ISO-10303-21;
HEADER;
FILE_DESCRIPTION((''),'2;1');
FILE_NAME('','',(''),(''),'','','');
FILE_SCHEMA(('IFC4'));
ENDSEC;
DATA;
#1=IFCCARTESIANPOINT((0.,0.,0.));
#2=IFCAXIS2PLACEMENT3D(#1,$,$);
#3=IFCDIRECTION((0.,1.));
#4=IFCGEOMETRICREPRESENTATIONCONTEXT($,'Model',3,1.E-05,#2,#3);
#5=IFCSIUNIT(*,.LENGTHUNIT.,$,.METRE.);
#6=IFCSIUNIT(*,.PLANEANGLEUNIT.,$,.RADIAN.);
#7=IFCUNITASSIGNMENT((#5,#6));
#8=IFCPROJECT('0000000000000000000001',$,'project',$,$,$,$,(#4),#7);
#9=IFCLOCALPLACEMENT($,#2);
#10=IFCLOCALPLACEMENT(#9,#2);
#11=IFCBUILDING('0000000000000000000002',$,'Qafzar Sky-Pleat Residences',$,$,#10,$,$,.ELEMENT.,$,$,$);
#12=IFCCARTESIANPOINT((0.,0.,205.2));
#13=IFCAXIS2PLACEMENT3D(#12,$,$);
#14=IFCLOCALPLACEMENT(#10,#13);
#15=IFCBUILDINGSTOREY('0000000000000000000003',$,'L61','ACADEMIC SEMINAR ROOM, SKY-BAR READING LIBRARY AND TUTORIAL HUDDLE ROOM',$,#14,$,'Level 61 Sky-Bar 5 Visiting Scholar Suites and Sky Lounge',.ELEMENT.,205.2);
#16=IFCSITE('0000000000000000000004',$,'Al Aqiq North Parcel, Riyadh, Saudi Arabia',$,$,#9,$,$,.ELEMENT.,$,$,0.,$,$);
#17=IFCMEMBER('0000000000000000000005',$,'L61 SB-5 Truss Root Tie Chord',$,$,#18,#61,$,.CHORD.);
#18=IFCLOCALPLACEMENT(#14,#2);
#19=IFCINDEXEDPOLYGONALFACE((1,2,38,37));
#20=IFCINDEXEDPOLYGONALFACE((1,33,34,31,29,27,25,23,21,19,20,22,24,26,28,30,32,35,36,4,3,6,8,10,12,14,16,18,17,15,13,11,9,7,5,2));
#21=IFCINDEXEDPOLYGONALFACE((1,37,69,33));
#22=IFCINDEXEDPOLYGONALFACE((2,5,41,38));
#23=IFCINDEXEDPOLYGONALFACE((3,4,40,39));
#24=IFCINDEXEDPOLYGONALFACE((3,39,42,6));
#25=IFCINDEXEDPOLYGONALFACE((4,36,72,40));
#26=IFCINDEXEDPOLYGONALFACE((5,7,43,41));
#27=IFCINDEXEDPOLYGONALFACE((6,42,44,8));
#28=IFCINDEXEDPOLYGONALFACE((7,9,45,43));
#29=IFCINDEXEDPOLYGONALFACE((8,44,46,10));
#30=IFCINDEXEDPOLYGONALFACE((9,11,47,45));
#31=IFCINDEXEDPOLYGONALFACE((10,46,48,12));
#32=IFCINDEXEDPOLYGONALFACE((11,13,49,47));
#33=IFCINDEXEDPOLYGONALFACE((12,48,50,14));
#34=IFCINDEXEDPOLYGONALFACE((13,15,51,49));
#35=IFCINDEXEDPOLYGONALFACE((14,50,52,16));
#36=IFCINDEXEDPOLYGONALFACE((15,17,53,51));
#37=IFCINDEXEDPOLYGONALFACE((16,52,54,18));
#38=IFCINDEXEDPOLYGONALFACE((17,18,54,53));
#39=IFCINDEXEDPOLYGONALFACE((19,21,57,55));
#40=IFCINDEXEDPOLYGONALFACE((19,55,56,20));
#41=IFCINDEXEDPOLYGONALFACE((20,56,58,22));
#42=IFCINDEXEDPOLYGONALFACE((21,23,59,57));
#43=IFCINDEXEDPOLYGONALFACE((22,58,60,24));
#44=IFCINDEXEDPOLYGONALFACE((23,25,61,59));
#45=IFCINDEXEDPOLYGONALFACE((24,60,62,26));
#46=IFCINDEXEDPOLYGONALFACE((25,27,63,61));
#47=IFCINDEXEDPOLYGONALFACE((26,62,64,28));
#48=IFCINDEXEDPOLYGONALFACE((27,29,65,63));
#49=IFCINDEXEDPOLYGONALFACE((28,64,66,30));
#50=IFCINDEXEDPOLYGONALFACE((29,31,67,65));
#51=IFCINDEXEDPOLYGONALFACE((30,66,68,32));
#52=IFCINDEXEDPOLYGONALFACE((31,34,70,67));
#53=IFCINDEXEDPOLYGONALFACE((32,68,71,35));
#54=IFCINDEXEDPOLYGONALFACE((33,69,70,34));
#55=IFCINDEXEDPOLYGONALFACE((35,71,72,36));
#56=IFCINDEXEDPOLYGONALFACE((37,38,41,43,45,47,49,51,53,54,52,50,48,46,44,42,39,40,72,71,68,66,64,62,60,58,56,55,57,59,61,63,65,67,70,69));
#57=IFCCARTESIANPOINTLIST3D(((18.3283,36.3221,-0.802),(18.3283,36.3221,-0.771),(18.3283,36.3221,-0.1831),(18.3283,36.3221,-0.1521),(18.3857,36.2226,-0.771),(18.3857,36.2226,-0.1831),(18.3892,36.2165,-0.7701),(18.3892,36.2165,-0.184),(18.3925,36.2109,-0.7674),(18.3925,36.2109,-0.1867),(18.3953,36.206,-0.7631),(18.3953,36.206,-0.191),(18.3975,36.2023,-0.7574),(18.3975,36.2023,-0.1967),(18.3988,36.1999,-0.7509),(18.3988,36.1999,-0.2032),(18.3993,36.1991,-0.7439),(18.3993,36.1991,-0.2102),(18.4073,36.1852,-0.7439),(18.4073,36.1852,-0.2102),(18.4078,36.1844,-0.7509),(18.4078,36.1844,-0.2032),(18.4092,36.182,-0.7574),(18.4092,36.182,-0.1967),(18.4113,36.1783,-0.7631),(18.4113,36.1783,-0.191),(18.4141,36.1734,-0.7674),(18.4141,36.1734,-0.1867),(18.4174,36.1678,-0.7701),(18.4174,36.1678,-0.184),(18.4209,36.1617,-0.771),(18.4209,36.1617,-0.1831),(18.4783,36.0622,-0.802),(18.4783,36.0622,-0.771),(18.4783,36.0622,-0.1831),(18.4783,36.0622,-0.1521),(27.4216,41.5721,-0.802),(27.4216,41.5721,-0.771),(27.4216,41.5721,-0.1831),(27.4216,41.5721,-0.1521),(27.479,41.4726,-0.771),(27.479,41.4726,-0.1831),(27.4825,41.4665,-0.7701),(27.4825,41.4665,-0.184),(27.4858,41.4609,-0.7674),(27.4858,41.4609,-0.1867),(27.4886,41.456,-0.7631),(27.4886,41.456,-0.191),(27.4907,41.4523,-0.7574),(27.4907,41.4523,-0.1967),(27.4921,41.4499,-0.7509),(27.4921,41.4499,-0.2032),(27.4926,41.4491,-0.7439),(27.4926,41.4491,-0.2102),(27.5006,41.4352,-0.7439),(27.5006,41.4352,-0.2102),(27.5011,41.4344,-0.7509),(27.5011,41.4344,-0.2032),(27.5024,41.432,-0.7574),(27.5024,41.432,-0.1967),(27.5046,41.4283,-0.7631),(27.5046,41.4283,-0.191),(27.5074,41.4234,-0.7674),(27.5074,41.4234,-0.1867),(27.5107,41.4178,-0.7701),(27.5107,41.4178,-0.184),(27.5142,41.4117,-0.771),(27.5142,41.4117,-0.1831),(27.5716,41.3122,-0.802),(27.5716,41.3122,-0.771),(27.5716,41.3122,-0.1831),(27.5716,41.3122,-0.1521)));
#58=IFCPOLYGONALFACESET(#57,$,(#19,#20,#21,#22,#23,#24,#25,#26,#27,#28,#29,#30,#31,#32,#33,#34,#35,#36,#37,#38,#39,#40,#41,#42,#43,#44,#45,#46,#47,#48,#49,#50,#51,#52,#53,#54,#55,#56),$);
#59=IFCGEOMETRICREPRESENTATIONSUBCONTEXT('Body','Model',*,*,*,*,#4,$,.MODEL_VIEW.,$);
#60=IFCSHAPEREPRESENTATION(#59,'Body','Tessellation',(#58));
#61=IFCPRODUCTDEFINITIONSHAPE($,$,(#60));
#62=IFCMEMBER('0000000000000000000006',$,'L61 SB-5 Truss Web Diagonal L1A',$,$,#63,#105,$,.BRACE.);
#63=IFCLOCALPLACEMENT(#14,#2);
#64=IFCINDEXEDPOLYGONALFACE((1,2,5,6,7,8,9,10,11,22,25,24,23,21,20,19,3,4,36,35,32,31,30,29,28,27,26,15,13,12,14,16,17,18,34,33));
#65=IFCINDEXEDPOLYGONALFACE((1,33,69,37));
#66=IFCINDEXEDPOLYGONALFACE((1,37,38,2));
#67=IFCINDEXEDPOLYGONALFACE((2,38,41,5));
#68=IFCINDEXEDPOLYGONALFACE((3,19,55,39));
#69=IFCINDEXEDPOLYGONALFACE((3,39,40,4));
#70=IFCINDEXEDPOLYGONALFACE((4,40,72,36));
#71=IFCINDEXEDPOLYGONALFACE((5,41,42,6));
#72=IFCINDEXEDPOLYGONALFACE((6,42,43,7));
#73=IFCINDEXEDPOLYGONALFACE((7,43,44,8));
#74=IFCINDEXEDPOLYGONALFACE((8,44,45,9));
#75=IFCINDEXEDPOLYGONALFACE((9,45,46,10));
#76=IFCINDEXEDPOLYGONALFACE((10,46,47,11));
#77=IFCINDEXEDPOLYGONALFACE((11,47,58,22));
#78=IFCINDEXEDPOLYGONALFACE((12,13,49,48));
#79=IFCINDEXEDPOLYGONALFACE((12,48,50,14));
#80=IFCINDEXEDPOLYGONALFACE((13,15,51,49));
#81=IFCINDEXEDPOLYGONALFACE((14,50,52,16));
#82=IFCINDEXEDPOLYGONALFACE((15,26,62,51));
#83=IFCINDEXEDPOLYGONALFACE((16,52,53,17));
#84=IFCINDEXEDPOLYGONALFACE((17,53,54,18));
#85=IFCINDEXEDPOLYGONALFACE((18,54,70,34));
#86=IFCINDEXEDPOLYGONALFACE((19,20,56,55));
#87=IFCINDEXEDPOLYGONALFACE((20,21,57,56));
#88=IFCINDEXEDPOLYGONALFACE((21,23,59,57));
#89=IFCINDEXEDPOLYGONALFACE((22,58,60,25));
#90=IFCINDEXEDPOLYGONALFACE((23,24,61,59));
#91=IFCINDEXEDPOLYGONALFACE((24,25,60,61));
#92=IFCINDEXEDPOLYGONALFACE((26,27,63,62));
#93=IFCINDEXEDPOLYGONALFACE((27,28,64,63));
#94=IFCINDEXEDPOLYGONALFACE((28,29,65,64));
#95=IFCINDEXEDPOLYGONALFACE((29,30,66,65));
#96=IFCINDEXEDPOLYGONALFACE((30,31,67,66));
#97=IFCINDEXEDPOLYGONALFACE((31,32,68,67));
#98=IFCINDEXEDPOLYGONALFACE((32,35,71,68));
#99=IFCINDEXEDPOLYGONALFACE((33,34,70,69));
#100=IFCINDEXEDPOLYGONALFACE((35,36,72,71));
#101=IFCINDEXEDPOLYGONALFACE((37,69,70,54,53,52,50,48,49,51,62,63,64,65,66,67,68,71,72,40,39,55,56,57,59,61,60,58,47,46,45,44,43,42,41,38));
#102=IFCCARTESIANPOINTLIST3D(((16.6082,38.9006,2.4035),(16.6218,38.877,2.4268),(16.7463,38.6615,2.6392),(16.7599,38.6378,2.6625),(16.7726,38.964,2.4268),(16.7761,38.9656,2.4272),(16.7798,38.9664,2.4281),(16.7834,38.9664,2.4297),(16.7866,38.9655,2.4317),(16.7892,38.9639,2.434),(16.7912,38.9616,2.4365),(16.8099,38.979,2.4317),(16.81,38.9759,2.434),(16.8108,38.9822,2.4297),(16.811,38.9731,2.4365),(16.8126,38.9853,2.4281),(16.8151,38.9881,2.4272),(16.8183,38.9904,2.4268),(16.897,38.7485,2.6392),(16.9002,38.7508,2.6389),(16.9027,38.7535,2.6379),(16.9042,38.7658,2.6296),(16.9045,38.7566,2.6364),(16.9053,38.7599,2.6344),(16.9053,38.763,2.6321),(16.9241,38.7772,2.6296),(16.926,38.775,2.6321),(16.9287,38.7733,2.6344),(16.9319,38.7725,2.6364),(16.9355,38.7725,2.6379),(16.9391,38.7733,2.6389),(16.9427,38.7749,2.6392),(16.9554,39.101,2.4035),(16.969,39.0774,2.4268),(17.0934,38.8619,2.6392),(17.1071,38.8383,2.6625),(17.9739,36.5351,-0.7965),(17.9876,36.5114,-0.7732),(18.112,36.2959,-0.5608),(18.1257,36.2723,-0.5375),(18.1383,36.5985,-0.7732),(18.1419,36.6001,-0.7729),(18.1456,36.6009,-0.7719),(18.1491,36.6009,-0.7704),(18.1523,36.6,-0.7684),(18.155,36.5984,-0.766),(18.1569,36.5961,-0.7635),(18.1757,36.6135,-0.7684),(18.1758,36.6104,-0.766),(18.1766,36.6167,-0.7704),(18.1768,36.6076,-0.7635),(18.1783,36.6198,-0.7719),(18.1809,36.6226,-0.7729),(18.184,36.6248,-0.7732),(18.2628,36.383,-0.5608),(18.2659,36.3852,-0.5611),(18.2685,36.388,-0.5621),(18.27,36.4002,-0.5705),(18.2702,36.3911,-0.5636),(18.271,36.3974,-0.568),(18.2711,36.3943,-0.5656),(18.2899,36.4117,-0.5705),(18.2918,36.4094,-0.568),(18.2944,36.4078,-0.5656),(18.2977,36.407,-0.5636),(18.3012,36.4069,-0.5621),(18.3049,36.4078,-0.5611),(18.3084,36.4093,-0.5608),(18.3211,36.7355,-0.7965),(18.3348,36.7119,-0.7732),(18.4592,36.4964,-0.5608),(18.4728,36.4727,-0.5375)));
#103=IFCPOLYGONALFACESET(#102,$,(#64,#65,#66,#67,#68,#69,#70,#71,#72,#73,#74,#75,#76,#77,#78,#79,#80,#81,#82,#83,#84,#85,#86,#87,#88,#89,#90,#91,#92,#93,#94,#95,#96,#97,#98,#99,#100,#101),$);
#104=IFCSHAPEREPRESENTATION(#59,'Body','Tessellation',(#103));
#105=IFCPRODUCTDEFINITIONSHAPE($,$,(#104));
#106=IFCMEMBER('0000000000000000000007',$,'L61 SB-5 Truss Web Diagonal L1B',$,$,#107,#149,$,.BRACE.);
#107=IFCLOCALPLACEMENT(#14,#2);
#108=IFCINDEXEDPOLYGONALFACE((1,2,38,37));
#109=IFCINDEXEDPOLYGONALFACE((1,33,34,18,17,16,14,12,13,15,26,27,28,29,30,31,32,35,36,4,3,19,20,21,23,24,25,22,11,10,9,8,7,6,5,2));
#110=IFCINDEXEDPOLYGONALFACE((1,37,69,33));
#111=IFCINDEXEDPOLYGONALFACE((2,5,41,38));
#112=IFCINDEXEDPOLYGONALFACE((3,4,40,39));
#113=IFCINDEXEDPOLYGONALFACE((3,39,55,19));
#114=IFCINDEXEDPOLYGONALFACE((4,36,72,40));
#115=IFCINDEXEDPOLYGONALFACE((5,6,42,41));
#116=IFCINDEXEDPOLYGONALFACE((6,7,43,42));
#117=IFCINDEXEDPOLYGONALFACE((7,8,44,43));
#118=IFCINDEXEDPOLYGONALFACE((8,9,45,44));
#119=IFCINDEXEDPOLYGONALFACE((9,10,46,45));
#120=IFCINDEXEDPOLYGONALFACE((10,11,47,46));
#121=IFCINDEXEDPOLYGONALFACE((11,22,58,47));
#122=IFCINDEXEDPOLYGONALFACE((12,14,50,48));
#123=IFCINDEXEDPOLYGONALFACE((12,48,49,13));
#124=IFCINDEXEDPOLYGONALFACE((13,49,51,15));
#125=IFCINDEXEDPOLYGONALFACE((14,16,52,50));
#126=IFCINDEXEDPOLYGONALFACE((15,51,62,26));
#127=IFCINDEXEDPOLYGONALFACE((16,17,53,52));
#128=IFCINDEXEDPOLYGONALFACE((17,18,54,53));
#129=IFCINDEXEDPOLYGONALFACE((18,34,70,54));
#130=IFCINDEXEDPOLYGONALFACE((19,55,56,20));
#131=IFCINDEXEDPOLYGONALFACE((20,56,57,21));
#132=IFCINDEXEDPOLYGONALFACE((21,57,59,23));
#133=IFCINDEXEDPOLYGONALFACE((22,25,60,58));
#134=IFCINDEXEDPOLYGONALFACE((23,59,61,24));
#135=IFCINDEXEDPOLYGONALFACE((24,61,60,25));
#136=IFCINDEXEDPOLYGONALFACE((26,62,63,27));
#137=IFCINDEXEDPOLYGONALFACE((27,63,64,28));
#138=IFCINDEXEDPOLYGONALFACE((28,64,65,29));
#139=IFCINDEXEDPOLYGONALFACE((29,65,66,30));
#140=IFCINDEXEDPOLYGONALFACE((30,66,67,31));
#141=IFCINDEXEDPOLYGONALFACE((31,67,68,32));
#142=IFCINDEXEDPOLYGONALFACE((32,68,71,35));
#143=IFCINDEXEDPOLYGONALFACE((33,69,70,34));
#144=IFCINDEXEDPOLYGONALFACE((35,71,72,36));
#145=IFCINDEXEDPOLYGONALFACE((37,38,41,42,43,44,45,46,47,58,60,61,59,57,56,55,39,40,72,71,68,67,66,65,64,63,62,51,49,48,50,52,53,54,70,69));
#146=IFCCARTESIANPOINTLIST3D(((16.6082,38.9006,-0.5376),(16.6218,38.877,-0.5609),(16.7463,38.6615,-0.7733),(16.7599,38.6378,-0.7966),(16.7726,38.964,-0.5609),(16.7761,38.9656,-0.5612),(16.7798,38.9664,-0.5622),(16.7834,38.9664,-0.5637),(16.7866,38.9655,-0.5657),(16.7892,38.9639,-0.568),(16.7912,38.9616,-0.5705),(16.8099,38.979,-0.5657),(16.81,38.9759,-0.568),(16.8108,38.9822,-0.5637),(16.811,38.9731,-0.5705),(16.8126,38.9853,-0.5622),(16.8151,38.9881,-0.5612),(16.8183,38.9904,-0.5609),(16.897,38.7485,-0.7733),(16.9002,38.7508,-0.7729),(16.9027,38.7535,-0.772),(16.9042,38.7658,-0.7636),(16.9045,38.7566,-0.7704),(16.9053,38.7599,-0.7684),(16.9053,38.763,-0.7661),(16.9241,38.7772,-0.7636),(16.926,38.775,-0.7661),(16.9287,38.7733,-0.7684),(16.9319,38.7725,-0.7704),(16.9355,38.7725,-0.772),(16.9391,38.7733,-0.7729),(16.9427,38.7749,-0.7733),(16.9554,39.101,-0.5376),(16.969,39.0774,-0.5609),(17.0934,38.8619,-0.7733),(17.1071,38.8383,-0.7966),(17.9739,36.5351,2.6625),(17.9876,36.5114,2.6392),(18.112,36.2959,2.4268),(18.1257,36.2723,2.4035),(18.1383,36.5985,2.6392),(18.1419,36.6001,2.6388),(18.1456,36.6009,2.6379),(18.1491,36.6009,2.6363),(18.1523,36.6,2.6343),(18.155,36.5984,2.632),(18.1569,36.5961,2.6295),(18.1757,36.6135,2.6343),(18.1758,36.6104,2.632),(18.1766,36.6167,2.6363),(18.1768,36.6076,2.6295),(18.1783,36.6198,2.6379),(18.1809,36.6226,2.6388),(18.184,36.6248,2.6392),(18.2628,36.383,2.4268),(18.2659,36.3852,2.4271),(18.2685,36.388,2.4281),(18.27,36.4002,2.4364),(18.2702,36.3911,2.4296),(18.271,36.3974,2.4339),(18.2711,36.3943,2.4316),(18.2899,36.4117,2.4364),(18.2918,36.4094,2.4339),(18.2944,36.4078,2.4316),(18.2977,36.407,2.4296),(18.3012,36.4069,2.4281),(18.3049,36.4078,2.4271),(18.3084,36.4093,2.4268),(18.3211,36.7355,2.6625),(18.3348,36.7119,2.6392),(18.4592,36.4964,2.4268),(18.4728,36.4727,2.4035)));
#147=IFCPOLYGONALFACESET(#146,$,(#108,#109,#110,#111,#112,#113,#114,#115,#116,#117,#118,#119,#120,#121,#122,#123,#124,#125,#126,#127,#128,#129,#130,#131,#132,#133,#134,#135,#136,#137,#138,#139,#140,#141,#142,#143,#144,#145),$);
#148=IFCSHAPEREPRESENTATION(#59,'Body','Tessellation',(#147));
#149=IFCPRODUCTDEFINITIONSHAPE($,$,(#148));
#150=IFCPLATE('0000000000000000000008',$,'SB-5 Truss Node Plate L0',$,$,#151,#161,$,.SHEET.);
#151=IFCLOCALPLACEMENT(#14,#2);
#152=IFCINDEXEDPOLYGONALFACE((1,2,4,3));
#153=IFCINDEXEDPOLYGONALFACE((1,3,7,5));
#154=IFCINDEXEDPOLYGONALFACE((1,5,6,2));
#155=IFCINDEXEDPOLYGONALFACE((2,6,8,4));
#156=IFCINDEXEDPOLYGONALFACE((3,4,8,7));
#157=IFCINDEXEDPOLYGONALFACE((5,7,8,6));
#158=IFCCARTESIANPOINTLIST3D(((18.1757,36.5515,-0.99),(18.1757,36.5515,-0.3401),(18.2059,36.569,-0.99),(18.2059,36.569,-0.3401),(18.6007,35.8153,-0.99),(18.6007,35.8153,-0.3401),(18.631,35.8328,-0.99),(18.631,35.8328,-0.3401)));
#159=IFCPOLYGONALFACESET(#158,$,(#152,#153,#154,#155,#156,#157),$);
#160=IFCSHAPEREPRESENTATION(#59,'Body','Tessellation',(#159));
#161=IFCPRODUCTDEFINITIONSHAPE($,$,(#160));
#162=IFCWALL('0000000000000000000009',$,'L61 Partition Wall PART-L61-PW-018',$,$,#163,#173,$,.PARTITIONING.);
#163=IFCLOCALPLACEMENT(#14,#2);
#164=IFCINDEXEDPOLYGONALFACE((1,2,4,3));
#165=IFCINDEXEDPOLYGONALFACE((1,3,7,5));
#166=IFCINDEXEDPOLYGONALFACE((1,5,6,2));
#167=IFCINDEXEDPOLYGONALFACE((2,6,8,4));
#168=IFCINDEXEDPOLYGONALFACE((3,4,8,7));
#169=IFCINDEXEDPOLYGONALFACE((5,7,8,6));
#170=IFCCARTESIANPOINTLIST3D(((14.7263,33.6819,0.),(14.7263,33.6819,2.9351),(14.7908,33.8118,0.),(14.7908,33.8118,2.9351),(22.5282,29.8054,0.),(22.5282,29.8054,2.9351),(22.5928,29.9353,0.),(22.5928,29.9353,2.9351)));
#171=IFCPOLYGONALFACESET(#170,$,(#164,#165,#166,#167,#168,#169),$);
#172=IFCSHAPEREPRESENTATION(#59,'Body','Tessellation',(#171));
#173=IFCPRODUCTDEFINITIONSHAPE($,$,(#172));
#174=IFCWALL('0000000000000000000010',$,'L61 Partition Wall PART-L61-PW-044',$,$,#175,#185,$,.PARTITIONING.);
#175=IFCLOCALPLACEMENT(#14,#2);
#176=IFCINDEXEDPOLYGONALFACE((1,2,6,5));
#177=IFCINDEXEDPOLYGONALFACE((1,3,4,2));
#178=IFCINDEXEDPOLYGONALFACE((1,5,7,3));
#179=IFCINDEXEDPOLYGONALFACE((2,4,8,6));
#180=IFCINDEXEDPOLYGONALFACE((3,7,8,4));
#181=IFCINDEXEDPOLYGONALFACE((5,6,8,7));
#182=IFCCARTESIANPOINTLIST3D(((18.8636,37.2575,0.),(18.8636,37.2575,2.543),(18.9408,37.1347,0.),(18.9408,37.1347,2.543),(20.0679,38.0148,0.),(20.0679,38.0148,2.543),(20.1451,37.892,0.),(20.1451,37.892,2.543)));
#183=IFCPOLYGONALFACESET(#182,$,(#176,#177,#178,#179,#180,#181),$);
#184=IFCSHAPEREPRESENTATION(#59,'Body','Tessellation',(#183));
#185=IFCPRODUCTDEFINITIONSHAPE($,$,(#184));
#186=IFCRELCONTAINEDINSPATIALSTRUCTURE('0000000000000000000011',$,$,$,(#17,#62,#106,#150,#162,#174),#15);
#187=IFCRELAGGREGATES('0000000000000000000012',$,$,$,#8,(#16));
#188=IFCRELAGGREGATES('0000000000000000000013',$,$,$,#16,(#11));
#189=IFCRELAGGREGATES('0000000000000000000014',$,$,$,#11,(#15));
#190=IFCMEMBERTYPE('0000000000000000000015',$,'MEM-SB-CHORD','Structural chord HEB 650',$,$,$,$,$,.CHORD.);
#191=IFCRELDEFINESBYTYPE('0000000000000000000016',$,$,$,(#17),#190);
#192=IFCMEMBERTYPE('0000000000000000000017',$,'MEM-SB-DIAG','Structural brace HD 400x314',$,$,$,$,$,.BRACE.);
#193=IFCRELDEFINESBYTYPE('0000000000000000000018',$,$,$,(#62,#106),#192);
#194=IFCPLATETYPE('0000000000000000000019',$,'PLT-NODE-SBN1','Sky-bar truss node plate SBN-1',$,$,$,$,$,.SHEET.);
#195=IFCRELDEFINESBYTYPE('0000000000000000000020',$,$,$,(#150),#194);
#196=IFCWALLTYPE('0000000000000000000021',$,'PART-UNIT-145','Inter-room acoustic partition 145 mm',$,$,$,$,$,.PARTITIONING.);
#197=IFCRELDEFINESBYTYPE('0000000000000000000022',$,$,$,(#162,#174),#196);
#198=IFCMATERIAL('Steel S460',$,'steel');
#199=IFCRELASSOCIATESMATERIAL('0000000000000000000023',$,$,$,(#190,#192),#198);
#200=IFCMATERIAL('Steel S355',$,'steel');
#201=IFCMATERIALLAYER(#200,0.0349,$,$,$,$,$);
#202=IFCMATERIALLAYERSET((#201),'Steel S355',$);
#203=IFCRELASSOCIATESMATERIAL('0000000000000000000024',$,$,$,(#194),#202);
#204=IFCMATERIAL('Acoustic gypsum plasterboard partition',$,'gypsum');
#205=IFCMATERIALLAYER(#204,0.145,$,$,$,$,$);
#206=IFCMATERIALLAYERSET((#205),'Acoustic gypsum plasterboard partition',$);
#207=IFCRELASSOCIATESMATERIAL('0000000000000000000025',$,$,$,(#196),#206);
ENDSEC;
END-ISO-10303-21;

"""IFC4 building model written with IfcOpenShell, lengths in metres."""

from ifc_helpers import new_model, si_unit, direction, frame, frame_2d, origin, origin_2d, place, context, subcontext, project, spatial, rectangle, i_section, extrude, source, transform, mapped, material, layer, layer_set, material_profile, profile_set, type_object, element, save


model = new_model("IFC4")

# Units and contexts
model_context = context("Model", 3, precision=1e-05, world=origin(), true_north=direction((0.0, 1.0)))
body_context = subcontext(model_context, "Body", "Model", "MODEL_VIEW")
ifc_project = project(units=[si_unit("LENGTHUNIT", "METRE"), si_unit("PLANEANGLEUNIT", "RADIAN")], contexts=[model_context])

# Site, building, storey
site_placement = place(None, origin())
site = spatial("IfcSite", under=ifc_project, at=site_placement, Name="Al Aqiq North Parcel, Riyadh, Saudi Arabia", CompositionType="ELEMENT", RefElevation=0.0)
building_placement = place(site_placement, origin())
building = spatial("IfcBuilding", under=site, at=building_placement, Name="Qafzar Sky-Pleat Residences", CompositionType="ELEMENT")
storey_placement = place(building_placement, frame((0.0, 0.0, 205.2)))
storey = spatial("IfcBuildingStorey", under=building, at=storey_placement, Name="L61", Description="ACADEMIC SEMINAR ROOM, SKY-BAR READING LIBRARY AND TUTORIAL HUDDLE ROOM", LongName="Level 61 Sky-Bar 5 Visiting Scholar Suites and Sky Lounge", CompositionType="ELEMENT", Elevation=205.2)

# Shared definitions
ifc_material_1 = material(Name="Steel S355", Category="steel")

# Shared definitions
ifc_material_2 = material(Name="Steel S460", Category="steel")

# Members
ifc_material_profile_1 = material_profile(ifc_material_2, i_section(OverallWidth=0.3, OverallDepth=0.6499, WebThickness=0.0161, FlangeThickness=0.031, FilletRadius=0.0271, at=origin_2d()), Name="HEB 650")
ifc_profile_set_1 = profile_set([ifc_material_profile_1], Name="Steel S460")
member_type_1 = type_object("IfcMemberType", Name="MEM-SB-CHORD", Description="Structural chord HEB 650", PredefinedType="CHORD", material=ifc_profile_set_1)
shared_shape_1 = source(origin(), body_context, "Body", "SweptSolid", [
    extrude(i_section(OverallWidth=0.3, OverallDepth=0.6499, WebThickness=0.0161, FlangeThickness=0.031, FilletRadius=0.0271, at=origin_2d()), origin(), (0.0, 0.0, 1.0), 10.5),
])
member_1_placement = place(storey_placement, frame((18.4033, 36.1921, -0.4771), z_axis=(0.866025, 0.5, 0.0), x_axis=(-0.5, 0.866025, 0.0)))
element("IfcMember", 1, at=member_1_placement, inside=storey, type_object=member_type_1, Name="L61 SB-5 Truss Root Tie Chord", PredefinedType="CHORD", context=body_context, shape_type="MappedRepresentation", body=[
    mapped(shared_shape_1, transform((0.0, 0.0, 0.0), x_axis=(1.0, 0.0, 0.0), y_axis=(0.0, 1.0, 0.0), z_axis=(0.0, 0.0, 1.0), scale=1.0)),
])
ifc_material_profile_2 = material_profile(ifc_material_2, i_section(OverallWidth=0.4009, OverallDepth=0.3989, WebThickness=0.0229, FlangeThickness=0.0359, FilletRadius=0.0149, at=origin_2d()), Name="HD 400x314")
ifc_profile_set_2 = profile_set([ifc_material_profile_2], Name="Steel S460")
member_type_2 = type_object("IfcMemberType", Name="MEM-SB-DIAG", Description="Structural brace HD 400x314", PredefinedType="BRACE", material=ifc_profile_set_2)
shared_shape_2 = source(origin(), body_context, "Body", "SweptSolid", [
    extrude(i_section(OverallWidth=0.4009, OverallDepth=0.3989, WebThickness=0.0229, FlangeThickness=0.0359, FilletRadius=0.0149, at=origin_2d()), origin(), (0.0, 0.0, 1.0), 4.2073),
])
for number, where, z_axis, x_axis, name in (
    (2, (18.2234, 36.5039, -0.667), (-0.324617, 0.562248, 0.760593), (-0.866023, -0.500004, 0.0), "L61 SB-5 Truss Web Diagonal L1A"),
    (3, (18.2234, 36.5039, 2.533), (-0.324617, 0.562248, -0.760593), (-0.866023, -0.500004, 0.0), "L61 SB-5 Truss Web Diagonal L1B"),
):
    element("IfcMember", number, at=place(storey_placement, frame(where, z_axis=z_axis, x_axis=x_axis)), inside=storey, type_object=member_type_2, Name=name, PredefinedType="BRACE", context=body_context, shape_type="MappedRepresentation", body=[
        mapped(shared_shape_2, transform((0.0, 0.0, 0.0), x_axis=(1.0, 0.0, 0.0), y_axis=(0.0, 1.0, 0.0), z_axis=(0.0, 0.0, 1.0), scale=1.0)),
    ])

# Plate
ifc_layer_1 = layer(ifc_material_1, 0.0349)
ifc_layer_set_1 = layer_set([ifc_layer_1], Name="Steel S355")
plate_type = type_object("IfcPlateType", Name="PLT-NODE-SBN1", Description="Sky-bar truss node plate SBN-1", PredefinedType="SHEET", material=ifc_layer_set_1)
shared_shape_3 = source(origin(), body_context, "Body", "SweptSolid", [
    extrude(rectangle(XDim=0.8501, YDim=0.0349, at=origin_2d()), origin(), (0.0, 0.0, 1.0), 0.6499),
])
plate_placement = place(storey_placement, frame((18.4033, 36.1921, -0.99), z_axis=(0.0, 0.0, 1.0), x_axis=(-0.5, 0.866025, 0.0)))
element("IfcPlate", 4, at=plate_placement, inside=storey, type_object=plate_type, Name="SB-5 Truss Node Plate L0", PredefinedType="SHEET", context=body_context, shape_type="MappedRepresentation", body=[
    mapped(shared_shape_3, transform((0.0, 0.0, 0.0), x_axis=(1.0, 0.0, 0.0), y_axis=(0.0, 1.0, 0.0), z_axis=(0.0, 0.0, 1.0), scale=1.0)),
])

# Walls
ifc_material_3 = material(Name="Acoustic gypsum plasterboard partition", Category="gypsum")
ifc_layer_2 = layer(ifc_material_3, 0.145)
ifc_layer_set_2 = layer_set([ifc_layer_2], Name="Acoustic gypsum plasterboard partition")
wall_type_1 = type_object("IfcWallType", Name="PART-UNIT-145", Description="Inter-room acoustic partition 145 mm", PredefinedType="PARTITIONING", material=ifc_layer_set_2)
wall_1_placement = place(storey_placement, frame((14.7585, 33.7468, 0.0), z_axis=(0.0, 0.0, 1.0), x_axis=(0.895551, -0.444959, 0.0)))
element("IfcWall", 5, at=wall_1_placement, inside=storey, type_object=wall_type_1, Name="L61 Partition Wall PART-L61-PW-018", PredefinedType="PARTITIONING", context=body_context, shape_type="SweptSolid", body=[
    extrude(rectangle(XDim=8.7119, YDim=0.145, at=frame_2d((4.356, 0.0))), origin(), (0.0, 0.0, 1.0), 2.9351),
])
wall_2_placement = place(storey_placement, frame((18.9021, 37.196, 0.0), z_axis=(0.0, 0.0, 1.0), x_axis=(0.846539, 0.532326, 0.0)))
element("IfcWall", 6, at=wall_2_placement, inside=storey, type_object=wall_type_1, Name="L61 Partition Wall PART-L61-PW-044", PredefinedType="PARTITIONING", context=body_context, shape_type="SweptSolid", body=[
    extrude(rectangle(XDim=1.4226, YDim=0.145, at=frame_2d((0.7114, 0.0))), origin(), (0.0, 0.0, 1.0), 2.543),
])

save(model, "model.ifc")
